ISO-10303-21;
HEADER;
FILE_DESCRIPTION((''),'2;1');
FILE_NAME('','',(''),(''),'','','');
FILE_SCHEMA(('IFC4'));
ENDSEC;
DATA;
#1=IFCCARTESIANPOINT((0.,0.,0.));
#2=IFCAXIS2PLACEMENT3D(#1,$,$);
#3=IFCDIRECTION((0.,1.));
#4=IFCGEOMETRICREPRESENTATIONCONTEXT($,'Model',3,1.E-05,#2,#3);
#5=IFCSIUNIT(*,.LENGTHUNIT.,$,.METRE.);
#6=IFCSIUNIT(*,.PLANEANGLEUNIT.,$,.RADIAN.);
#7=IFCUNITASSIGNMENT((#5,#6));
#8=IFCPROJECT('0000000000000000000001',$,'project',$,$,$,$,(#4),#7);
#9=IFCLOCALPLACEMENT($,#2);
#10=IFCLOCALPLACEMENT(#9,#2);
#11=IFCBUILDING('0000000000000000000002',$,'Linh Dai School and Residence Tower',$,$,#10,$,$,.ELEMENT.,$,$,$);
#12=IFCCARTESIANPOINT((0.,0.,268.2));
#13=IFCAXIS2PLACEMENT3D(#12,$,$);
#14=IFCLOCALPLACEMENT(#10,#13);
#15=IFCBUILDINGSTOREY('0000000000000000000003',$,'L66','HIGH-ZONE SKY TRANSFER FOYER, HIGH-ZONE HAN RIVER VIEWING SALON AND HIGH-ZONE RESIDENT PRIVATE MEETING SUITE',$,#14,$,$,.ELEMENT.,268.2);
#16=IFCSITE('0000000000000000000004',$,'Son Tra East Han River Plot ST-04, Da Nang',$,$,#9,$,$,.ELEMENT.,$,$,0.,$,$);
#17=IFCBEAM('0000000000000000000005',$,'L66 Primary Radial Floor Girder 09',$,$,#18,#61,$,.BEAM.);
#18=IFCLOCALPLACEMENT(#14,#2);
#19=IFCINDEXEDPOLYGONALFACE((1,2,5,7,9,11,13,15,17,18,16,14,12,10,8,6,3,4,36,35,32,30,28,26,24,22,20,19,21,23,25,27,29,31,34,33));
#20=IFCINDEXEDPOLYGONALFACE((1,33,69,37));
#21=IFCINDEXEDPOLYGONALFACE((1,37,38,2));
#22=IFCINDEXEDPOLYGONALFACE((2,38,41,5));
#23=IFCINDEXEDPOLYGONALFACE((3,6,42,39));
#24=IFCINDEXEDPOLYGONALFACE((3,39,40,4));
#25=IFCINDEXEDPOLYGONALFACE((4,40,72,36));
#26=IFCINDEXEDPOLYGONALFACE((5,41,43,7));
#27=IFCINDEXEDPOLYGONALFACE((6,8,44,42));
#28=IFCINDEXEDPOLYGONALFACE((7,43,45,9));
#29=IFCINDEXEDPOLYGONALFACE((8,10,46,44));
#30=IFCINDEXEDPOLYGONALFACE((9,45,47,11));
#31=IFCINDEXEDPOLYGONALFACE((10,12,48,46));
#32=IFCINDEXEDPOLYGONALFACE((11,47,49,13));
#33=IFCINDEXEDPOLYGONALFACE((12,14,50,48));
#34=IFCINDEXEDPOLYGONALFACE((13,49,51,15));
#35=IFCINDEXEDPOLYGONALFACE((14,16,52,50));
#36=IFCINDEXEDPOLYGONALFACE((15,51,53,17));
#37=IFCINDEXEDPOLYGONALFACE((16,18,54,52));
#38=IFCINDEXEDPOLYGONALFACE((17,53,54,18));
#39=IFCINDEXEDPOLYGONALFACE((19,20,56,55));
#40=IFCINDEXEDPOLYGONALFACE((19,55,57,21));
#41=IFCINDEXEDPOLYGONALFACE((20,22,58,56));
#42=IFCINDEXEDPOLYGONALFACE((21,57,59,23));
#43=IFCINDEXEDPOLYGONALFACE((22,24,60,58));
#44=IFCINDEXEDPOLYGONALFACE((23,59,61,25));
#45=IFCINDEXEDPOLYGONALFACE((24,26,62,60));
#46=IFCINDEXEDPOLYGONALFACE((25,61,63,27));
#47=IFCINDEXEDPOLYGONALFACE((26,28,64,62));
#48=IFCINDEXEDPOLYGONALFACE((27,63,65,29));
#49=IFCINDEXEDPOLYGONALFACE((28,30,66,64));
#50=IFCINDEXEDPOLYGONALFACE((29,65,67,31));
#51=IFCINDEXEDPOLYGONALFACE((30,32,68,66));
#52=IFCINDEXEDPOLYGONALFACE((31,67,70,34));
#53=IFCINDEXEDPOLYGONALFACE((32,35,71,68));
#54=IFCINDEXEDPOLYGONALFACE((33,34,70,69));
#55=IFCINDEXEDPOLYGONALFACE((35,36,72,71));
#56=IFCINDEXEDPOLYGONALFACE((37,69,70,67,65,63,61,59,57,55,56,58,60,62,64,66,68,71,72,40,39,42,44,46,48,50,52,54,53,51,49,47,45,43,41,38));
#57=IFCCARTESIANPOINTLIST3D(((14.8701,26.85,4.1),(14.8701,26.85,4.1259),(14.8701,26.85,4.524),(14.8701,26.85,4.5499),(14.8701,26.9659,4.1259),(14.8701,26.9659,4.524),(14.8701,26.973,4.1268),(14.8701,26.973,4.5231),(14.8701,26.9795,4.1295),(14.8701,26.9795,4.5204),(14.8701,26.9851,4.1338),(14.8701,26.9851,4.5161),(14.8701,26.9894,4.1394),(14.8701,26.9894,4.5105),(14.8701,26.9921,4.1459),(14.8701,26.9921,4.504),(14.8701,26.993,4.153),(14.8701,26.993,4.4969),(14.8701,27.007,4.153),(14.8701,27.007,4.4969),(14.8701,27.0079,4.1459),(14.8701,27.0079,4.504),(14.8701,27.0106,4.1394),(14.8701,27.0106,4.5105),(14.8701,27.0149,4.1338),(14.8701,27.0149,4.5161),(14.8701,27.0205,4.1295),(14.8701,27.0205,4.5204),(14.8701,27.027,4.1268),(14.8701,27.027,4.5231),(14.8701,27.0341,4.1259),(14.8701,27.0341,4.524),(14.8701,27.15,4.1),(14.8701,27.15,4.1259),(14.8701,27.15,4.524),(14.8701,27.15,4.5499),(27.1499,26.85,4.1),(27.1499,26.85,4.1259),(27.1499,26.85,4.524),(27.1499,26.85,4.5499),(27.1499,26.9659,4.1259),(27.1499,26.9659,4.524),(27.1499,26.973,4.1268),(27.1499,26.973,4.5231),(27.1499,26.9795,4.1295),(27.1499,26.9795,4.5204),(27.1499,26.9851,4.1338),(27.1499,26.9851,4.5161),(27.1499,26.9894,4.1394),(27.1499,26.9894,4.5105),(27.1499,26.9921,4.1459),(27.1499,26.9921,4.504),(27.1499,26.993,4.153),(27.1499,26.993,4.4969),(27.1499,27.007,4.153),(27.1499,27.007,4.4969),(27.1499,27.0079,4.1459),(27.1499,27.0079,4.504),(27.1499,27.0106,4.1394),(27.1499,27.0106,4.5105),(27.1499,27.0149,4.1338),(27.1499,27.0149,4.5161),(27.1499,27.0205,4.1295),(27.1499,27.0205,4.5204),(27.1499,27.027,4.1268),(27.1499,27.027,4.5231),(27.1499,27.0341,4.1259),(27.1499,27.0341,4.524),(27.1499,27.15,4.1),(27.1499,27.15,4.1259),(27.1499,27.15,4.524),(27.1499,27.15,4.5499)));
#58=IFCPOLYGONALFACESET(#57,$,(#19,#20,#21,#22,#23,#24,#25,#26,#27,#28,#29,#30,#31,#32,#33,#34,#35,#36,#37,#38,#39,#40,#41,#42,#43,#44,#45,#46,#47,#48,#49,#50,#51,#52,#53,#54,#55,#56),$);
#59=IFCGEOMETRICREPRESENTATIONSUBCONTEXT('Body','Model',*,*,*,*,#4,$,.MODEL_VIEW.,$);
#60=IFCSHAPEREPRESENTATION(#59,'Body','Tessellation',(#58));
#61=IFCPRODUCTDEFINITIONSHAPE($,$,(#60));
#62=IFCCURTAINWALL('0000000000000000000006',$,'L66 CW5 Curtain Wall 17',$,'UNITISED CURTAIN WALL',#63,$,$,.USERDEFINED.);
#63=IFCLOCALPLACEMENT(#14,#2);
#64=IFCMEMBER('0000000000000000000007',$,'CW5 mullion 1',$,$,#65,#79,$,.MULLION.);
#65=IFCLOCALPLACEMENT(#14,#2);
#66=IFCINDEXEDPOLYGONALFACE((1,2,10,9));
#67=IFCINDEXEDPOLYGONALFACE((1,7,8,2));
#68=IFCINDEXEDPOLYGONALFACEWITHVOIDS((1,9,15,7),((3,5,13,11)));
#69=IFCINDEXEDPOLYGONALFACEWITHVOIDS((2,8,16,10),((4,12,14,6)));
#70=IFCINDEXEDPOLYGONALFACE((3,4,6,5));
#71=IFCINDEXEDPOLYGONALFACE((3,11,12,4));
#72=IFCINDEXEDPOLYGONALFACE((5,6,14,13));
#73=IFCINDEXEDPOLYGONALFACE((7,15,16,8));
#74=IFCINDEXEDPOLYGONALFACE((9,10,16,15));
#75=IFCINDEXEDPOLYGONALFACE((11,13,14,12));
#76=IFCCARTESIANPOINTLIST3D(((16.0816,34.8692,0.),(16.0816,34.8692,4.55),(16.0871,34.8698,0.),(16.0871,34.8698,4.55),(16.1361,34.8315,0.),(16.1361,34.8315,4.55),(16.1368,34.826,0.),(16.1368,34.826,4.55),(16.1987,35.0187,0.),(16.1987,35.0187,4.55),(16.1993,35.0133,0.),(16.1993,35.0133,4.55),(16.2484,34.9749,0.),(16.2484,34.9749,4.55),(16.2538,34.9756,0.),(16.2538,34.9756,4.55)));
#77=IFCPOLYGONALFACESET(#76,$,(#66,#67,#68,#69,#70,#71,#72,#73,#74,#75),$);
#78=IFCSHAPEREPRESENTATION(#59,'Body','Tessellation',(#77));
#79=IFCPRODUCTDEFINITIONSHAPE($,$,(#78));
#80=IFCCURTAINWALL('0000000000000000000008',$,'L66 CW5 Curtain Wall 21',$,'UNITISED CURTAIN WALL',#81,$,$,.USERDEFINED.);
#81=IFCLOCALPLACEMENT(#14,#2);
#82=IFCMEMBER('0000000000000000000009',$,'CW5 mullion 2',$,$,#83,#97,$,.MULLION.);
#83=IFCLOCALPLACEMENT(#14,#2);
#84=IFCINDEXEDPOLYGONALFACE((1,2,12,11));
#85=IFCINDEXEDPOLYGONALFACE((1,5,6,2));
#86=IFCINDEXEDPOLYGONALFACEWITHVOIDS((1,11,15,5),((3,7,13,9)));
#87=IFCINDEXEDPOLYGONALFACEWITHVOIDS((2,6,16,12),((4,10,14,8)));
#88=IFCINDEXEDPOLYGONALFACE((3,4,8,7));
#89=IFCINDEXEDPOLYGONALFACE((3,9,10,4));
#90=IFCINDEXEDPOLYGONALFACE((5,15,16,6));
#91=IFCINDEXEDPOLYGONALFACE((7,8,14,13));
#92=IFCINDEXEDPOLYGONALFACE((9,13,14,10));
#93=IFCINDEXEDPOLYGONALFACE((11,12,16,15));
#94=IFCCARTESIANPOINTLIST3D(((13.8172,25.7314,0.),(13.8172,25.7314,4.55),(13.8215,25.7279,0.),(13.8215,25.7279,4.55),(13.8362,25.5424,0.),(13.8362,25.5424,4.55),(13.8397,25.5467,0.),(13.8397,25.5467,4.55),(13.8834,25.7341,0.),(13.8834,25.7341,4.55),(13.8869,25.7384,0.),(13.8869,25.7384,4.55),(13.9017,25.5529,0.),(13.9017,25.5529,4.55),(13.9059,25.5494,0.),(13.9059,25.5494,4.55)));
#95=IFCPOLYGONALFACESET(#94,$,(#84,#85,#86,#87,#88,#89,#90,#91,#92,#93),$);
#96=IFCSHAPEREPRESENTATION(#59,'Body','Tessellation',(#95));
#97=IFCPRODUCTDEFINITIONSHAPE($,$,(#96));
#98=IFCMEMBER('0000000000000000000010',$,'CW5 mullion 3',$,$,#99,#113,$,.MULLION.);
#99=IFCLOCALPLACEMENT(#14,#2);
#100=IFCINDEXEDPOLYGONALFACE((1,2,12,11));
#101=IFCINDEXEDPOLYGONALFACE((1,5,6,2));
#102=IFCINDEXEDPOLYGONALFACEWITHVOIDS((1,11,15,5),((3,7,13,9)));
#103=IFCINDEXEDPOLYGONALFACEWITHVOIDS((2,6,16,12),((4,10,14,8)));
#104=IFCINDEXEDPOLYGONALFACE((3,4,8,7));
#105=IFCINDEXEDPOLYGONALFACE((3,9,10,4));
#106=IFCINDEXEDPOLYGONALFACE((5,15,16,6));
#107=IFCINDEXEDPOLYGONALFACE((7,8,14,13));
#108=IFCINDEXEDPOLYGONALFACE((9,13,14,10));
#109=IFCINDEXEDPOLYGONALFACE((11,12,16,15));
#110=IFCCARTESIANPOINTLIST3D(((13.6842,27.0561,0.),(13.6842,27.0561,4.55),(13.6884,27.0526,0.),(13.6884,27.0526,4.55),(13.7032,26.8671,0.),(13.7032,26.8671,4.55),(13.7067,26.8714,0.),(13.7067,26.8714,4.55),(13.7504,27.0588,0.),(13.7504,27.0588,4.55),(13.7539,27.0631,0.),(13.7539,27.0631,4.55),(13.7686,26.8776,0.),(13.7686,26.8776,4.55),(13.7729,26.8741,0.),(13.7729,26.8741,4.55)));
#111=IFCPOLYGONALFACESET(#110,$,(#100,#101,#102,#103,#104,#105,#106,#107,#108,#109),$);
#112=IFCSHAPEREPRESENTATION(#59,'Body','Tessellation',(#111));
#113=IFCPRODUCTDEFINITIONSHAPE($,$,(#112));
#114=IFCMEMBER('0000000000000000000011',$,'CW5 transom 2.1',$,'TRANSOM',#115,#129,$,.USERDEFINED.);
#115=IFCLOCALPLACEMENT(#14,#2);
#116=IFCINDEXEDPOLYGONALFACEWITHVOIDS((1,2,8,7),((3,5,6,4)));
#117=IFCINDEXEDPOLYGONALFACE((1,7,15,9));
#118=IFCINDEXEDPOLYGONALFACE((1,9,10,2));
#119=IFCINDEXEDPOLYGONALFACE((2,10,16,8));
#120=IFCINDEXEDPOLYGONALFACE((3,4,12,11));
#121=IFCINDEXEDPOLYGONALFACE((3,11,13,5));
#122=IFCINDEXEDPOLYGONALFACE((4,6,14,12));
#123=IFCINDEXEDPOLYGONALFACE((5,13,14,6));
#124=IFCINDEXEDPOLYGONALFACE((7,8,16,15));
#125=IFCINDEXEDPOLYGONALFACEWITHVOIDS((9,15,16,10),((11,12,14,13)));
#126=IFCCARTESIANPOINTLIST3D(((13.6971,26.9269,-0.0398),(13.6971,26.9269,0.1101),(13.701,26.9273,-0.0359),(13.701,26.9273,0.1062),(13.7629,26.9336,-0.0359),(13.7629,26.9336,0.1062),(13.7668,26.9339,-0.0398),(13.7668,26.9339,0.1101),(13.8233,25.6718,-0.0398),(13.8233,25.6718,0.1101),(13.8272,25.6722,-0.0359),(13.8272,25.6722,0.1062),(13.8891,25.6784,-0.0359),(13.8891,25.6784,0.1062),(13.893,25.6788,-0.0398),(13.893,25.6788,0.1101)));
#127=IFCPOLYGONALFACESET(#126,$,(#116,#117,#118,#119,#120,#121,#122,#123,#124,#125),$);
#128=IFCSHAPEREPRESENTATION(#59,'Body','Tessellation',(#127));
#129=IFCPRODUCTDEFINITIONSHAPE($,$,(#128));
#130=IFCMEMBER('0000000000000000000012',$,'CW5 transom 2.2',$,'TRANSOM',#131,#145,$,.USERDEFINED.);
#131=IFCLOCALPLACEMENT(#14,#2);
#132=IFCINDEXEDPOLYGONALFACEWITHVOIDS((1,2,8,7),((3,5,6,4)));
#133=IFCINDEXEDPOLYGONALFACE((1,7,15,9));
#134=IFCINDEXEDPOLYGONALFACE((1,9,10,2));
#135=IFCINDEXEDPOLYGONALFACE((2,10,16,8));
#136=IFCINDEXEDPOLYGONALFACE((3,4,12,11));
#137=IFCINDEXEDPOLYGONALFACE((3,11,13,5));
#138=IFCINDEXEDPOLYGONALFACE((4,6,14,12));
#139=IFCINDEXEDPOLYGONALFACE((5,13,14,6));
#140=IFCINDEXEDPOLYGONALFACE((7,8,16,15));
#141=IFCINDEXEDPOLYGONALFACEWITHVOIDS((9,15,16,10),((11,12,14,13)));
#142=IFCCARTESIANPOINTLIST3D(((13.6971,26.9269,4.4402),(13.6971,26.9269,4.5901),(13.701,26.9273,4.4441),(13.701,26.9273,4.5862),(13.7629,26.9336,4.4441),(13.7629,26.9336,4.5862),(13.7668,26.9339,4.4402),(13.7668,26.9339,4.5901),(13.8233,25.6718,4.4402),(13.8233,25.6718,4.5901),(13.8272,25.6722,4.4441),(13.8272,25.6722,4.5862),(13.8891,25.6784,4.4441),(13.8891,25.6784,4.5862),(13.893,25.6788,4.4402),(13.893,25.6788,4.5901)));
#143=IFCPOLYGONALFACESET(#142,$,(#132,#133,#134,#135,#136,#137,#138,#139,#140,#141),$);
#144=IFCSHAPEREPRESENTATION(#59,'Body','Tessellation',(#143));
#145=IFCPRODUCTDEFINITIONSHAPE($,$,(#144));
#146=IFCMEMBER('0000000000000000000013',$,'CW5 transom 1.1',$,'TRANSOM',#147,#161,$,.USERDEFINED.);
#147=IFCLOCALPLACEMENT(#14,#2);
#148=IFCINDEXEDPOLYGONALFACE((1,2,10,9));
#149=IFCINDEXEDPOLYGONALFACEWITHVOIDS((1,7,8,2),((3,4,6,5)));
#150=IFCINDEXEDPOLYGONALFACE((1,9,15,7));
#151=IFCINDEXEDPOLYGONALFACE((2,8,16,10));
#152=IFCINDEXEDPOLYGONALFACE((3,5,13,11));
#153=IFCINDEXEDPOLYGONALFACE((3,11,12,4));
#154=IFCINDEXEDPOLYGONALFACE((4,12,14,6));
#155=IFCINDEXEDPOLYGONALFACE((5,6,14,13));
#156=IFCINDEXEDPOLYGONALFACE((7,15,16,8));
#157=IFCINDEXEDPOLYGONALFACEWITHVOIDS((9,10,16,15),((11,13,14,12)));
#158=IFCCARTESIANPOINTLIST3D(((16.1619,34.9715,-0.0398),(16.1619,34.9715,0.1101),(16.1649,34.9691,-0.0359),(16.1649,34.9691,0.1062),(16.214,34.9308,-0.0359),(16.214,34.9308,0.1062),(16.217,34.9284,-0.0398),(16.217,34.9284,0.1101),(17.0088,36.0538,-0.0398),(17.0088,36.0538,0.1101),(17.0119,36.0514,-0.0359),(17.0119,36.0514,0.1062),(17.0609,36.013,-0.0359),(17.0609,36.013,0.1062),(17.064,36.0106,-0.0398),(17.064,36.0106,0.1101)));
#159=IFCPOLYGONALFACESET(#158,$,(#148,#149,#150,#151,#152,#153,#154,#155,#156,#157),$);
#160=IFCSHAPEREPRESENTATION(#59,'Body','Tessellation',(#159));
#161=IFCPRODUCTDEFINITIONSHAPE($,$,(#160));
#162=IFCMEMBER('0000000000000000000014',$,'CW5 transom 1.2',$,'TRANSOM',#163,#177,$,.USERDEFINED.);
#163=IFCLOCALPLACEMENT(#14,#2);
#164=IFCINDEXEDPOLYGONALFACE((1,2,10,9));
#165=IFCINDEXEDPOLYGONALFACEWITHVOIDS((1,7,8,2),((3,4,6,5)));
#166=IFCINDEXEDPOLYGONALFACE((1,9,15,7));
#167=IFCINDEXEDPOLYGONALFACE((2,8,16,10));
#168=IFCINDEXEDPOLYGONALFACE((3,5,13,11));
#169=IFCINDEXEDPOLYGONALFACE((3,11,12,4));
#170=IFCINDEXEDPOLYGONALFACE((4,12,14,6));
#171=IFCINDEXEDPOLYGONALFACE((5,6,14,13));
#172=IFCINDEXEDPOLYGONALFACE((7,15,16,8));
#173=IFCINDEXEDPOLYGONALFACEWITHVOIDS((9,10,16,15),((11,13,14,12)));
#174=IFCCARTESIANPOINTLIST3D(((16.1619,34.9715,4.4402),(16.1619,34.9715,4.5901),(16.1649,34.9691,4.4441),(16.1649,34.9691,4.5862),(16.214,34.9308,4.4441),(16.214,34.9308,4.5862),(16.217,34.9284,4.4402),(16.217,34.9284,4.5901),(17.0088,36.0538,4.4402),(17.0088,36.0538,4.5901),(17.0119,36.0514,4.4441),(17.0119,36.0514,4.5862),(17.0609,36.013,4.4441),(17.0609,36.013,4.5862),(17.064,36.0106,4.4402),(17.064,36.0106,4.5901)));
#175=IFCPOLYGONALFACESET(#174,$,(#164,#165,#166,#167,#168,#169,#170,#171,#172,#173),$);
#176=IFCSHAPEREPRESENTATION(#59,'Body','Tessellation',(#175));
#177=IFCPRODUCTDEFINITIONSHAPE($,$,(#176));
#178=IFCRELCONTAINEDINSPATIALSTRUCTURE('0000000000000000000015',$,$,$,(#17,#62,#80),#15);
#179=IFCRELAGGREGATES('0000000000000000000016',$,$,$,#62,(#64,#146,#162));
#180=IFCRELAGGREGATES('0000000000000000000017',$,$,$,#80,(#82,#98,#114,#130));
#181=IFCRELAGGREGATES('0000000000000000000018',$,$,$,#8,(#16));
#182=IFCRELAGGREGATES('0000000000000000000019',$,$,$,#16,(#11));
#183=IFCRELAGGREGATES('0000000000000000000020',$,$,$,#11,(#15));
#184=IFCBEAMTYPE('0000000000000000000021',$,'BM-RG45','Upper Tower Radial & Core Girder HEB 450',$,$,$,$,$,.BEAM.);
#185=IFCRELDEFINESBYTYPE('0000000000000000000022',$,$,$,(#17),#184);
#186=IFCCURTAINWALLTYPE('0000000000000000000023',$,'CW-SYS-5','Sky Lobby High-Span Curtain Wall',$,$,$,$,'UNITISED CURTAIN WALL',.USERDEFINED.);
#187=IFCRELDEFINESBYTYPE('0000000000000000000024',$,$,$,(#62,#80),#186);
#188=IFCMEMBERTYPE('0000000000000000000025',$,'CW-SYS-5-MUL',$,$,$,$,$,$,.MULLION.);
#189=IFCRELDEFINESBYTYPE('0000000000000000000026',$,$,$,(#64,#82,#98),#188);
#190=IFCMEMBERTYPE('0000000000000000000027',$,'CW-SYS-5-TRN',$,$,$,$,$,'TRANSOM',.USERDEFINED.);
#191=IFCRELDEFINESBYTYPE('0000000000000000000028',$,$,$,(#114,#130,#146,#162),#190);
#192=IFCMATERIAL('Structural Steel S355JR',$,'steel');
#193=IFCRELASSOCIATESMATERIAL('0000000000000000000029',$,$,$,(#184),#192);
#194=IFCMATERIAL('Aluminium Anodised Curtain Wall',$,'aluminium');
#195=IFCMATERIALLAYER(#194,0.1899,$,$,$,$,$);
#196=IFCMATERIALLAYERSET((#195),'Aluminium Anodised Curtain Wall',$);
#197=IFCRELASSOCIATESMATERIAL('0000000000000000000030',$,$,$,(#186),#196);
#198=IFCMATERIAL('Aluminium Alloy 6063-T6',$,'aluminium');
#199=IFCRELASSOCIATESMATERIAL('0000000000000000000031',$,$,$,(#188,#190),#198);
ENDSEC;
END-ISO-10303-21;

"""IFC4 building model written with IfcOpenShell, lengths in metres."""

from ifc_helpers import new_model, si_unit, direction, frame, origin, origin_2d, place, context, subcontext, project, spatial, hollow_rectangle, i_section, extrude, source, transform, mapped, material, layer, layer_set, material_profile, profile_set, type_object, element, aggregate, save


model = new_model("IFC4")

# Units and contexts
model_context = context("Model", 3, precision=1e-05, world=origin(), true_north=direction((0.0, 1.0)))
body_context = subcontext(model_context, "Body", "Model", "MODEL_VIEW")
ifc_project = project(units=[si_unit("LENGTHUNIT", "METRE"), si_unit("PLANEANGLEUNIT", "RADIAN")], contexts=[model_context])

# Site, building, storey
site_placement = place(None, origin())
site = spatial("IfcSite", under=ifc_project, at=site_placement, Name="Son Tra East Han River Plot ST-04, Da Nang", CompositionType="ELEMENT", RefElevation=0.0)
building_placement = place(site_placement, origin())
building = spatial("IfcBuilding", under=site, at=building_placement, Name="Linh Dai School and Residence Tower", CompositionType="ELEMENT")
storey_placement = place(building_placement, frame((0.0, 0.0, 268.2)))
storey = spatial("IfcBuildingStorey", under=building, at=storey_placement, Name="L66", Description="HIGH-ZONE SKY TRANSFER FOYER, HIGH-ZONE HAN RIVER VIEWING SALON AND HIGH-ZONE RESIDENT PRIVATE MEETING SUITE", CompositionType="ELEMENT", Elevation=268.2)

# Shared definitions
ifc_material_1 = material(Name="Structural Steel S355JR", Category="steel")

# Beam
ifc_material_profile_1 = material_profile(ifc_material_1, i_section(OverallWidth=0.3, OverallDepth=0.45, WebThickness=0.0139, FlangeThickness=0.0259, FilletRadius=0.0271, at=origin_2d()), Name="HEB 450")
ifc_profile_set_1 = profile_set([ifc_material_profile_1], Name="Structural Steel S355JR")
beam_type_1 = type_object("IfcBeamType", Name="BM-RG45", Description="Upper Tower Radial & Core Girder HEB 450", PredefinedType="BEAM", material=ifc_profile_set_1)
beam_1_placement = place(storey_placement, frame((27.1499, 27.0, 4.325), z_axis=(-1.0, 0.0, 0.0), x_axis=(0.0, -1.0, 0.0)))
element("IfcBeam", 1, at=beam_1_placement, inside=storey, type_object=beam_type_1, Name="L66 Primary Radial Floor Girder 09", PredefinedType="BEAM", context=body_context, shape_type="SweptSolid", body=[
    extrude(i_section(OverallWidth=0.3, OverallDepth=0.45, WebThickness=0.0139, FlangeThickness=0.0259, FilletRadius=0.0271, at=origin_2d()), origin(), (0.0, 0.0, 1.0), 12.2798),
])

# Curtain wall, member
ifc_material_2 = material(Name="Aluminium Anodised Curtain Wall", Category="aluminium")
ifc_layer_1 = layer(ifc_material_2, 0.1899)
ifc_layer_set_1 = layer_set([ifc_layer_1], Name="Aluminium Anodised Curtain Wall")
curtain_wall_type = type_object("IfcCurtainWallType", Name="CW-SYS-5", Description="Sky Lobby High-Span Curtain Wall", ElementType="UNITISED CURTAIN WALL", PredefinedType="USERDEFINED", material=ifc_layer_set_1)
curtain_wall_1_placement = place(storey_placement, origin())
curtain_wall_1 = element("IfcCurtainWall", 2, at=curtain_wall_1_placement, inside=storey, type_object=curtain_wall_type, Name="L66 CW5 Curtain Wall 17", ObjectType="UNITISED CURTAIN WALL", PredefinedType="USERDEFINED")
ifc_material_3 = material(Name="Aluminium Alloy 6063-T6", Category="aluminium")
ifc_material_profile_2 = material_profile(ifc_material_3, hollow_rectangle(XDim=0.0701, YDim=0.1899, WallThickness=0.0039, at=origin_2d()), Name="RHS 190x70x4")
ifc_profile_set_2 = profile_set([ifc_material_profile_2], Name="Aluminium Alloy 6063-T6")
member_type_1 = type_object("IfcMemberType", Name="CW-SYS-5-MUL", PredefinedType="MULLION", material=ifc_profile_set_2)
shared_shape_1 = source(origin(), body_context, "Body", "SweptSolid", [
    extrude(hollow_rectangle(XDim=0.0701, YDim=0.1899, WallThickness=0.0039, at=origin_2d()), origin(), (0.0, 0.0, 1.0), 4.55),
])
member_1_placement = place(storey_placement, frame((16.1677, 34.9224, 0.0), z_axis=(0.0, 0.0, 1.0), x_axis=(-0.787503, 0.616311, 0.0)))
member_1 = element("IfcMember", 3, at=member_1_placement, type_object=member_type_1, Name="CW5 mullion 1", PredefinedType="MULLION", context=body_context, shape_type="MappedRepresentation", body=[
    mapped(shared_shape_1, transform((0.0, 0.0, 0.0), x_axis=(1.0, 0.0, 0.0), y_axis=(0.0, 1.0, 0.0), z_axis=(0.0, 0.0, 1.0), scale=1.0)),
])

# Curtain wall, members
curtain_wall_2_placement = place(storey_placement, origin())
curtain_wall_2 = element("IfcCurtainWall", 4, at=curtain_wall_2_placement, inside=storey, type_object=curtain_wall_type, Name="L66 CW5 Curtain Wall 21", ObjectType="UNITISED CURTAIN WALL", PredefinedType="USERDEFINED")
member_2_placement = place(storey_placement, frame((13.8616, 25.6404, 0.0), z_axis=(0.0, 0.0, 1.0), x_axis=(-0.994987, -0.100008, 0.0)))
member_2 = element("IfcMember", 5, at=member_2_placement, type_object=member_type_1, Name="CW5 mullion 2", PredefinedType="MULLION", context=body_context, shape_type="MappedRepresentation", body=[
    mapped(shared_shape_1, transform((0.0, 0.0, 0.0), x_axis=(1.0, 0.0, 0.0), y_axis=(0.0, 1.0, 0.0), z_axis=(0.0, 0.0, 1.0), scale=1.0)),
])
member_3_placement = place(storey_placement, frame((13.7285, 26.9651, 0.0), z_axis=(0.0, 0.0, 1.0), x_axis=(-0.994987, -0.100008, 0.0)))
member_3 = element("IfcMember", 6, at=member_3_placement, type_object=member_type_1, Name="CW5 mullion 3", PredefinedType="MULLION", context=body_context, shape_type="MappedRepresentation", body=[
    mapped(shared_shape_1, transform((0.0, 0.0, 0.0), x_axis=(1.0, 0.0, 0.0), y_axis=(0.0, 1.0, 0.0), z_axis=(0.0, 0.0, 1.0), scale=1.0)),
])
ifc_material_profile_3 = material_profile(ifc_material_3, hollow_rectangle(XDim=0.0701, YDim=0.1499, WallThickness=0.0039, at=origin_2d()), Name="RHS 150x70x4")
ifc_profile_set_3 = profile_set([ifc_material_profile_3], Name="Aluminium Alloy 6063-T6")
member_type_2 = type_object("IfcMemberType", Name="CW-SYS-5-TRN", ElementType="TRANSOM", PredefinedType="USERDEFINED", material=ifc_profile_set_3)
shared_shape_2 = source(origin(), body_context, "Body", "SweptSolid", [
    extrude(hollow_rectangle(XDim=0.0701, YDim=0.1499, WallThickness=0.0039, at=origin_2d()), origin(), (0.0, 0.0, 1.0), 1.2615),
])
member_4_placement = place(storey_placement, frame((13.8582, 25.6753, 0.0352), z_axis=(-0.100059, 0.994981, 0.0), x_axis=(-0.994981, -0.100059, 0.0)))
member_4 = element("IfcMember", 7, at=member_4_placement, type_object=member_type_2, Name="CW5 transom 2.1", ObjectType="TRANSOM", PredefinedType="USERDEFINED", context=body_context, shape_type="MappedRepresentation", body=[
    mapped(shared_shape_2, transform((0.0, 0.0, 0.0), x_axis=(1.0, 0.0, 0.0), y_axis=(0.0, 1.0, 0.0), z_axis=(0.0, 0.0, 1.0), scale=1.0)),
])
member_5_placement = place(storey_placement, frame((13.8582, 25.6753, 4.5151), z_axis=(-0.100059, 0.994981, 0.0), x_axis=(-0.994981, -0.100059, 0.0)))
member_5 = element("IfcMember", 8, at=member_5_placement, type_object=member_type_2, Name="CW5 transom 2.2", ObjectType="TRANSOM", PredefinedType="USERDEFINED", context=body_context, shape_type="MappedRepresentation", body=[
    mapped(shared_shape_2, transform((0.0, 0.0, 0.0), x_axis=(1.0, 0.0, 0.0), y_axis=(0.0, 1.0, 0.0), z_axis=(0.0, 0.0, 1.0), scale=1.0)),
])

# Members
shared_shape_3 = source(origin(), body_context, "Body", "SweptSolid", [
    extrude(hollow_rectangle(XDim=0.0701, YDim=0.1499, WallThickness=0.0039, at=origin_2d()), origin(), (0.0, 0.0, 1.0), 1.3743),
])
member_6_placement = place(storey_placement, frame((16.1895, 34.95, 0.0352), z_axis=(0.616275, 0.787531, 0.0), x_axis=(-0.787531, 0.616275, 0.0)))
member_6 = element("IfcMember", 9, at=member_6_placement, type_object=member_type_2, Name="CW5 transom 1.1", ObjectType="TRANSOM", PredefinedType="USERDEFINED", context=body_context, shape_type="MappedRepresentation", body=[
    mapped(shared_shape_3, transform((0.0, 0.0, 0.0), x_axis=(1.0, 0.0, 0.0), y_axis=(0.0, 1.0, 0.0), z_axis=(0.0, 0.0, 1.0), scale=1.0)),
])
member_7_placement = place(storey_placement, frame((16.1895, 34.95, 4.5151), z_axis=(0.616275, 0.787531, 0.0), x_axis=(-0.787531, 0.616275, 0.0)))
member_7 = element("IfcMember", 10, at=member_7_placement, type_object=member_type_2, Name="CW5 transom 1.2", ObjectType="TRANSOM", PredefinedType="USERDEFINED", context=body_context, shape_type="MappedRepresentation", body=[
    mapped(shared_shape_3, transform((0.0, 0.0, 0.0), x_axis=(1.0, 0.0, 0.0), y_axis=(0.0, 1.0, 0.0), z_axis=(0.0, 0.0, 1.0), scale=1.0)),
])
aggregate(curtain_wall_1, [member_1, member_6, member_7])

aggregate(curtain_wall_2, [member_2, member_3, member_4, member_5])

save(model, "model.ifc")
